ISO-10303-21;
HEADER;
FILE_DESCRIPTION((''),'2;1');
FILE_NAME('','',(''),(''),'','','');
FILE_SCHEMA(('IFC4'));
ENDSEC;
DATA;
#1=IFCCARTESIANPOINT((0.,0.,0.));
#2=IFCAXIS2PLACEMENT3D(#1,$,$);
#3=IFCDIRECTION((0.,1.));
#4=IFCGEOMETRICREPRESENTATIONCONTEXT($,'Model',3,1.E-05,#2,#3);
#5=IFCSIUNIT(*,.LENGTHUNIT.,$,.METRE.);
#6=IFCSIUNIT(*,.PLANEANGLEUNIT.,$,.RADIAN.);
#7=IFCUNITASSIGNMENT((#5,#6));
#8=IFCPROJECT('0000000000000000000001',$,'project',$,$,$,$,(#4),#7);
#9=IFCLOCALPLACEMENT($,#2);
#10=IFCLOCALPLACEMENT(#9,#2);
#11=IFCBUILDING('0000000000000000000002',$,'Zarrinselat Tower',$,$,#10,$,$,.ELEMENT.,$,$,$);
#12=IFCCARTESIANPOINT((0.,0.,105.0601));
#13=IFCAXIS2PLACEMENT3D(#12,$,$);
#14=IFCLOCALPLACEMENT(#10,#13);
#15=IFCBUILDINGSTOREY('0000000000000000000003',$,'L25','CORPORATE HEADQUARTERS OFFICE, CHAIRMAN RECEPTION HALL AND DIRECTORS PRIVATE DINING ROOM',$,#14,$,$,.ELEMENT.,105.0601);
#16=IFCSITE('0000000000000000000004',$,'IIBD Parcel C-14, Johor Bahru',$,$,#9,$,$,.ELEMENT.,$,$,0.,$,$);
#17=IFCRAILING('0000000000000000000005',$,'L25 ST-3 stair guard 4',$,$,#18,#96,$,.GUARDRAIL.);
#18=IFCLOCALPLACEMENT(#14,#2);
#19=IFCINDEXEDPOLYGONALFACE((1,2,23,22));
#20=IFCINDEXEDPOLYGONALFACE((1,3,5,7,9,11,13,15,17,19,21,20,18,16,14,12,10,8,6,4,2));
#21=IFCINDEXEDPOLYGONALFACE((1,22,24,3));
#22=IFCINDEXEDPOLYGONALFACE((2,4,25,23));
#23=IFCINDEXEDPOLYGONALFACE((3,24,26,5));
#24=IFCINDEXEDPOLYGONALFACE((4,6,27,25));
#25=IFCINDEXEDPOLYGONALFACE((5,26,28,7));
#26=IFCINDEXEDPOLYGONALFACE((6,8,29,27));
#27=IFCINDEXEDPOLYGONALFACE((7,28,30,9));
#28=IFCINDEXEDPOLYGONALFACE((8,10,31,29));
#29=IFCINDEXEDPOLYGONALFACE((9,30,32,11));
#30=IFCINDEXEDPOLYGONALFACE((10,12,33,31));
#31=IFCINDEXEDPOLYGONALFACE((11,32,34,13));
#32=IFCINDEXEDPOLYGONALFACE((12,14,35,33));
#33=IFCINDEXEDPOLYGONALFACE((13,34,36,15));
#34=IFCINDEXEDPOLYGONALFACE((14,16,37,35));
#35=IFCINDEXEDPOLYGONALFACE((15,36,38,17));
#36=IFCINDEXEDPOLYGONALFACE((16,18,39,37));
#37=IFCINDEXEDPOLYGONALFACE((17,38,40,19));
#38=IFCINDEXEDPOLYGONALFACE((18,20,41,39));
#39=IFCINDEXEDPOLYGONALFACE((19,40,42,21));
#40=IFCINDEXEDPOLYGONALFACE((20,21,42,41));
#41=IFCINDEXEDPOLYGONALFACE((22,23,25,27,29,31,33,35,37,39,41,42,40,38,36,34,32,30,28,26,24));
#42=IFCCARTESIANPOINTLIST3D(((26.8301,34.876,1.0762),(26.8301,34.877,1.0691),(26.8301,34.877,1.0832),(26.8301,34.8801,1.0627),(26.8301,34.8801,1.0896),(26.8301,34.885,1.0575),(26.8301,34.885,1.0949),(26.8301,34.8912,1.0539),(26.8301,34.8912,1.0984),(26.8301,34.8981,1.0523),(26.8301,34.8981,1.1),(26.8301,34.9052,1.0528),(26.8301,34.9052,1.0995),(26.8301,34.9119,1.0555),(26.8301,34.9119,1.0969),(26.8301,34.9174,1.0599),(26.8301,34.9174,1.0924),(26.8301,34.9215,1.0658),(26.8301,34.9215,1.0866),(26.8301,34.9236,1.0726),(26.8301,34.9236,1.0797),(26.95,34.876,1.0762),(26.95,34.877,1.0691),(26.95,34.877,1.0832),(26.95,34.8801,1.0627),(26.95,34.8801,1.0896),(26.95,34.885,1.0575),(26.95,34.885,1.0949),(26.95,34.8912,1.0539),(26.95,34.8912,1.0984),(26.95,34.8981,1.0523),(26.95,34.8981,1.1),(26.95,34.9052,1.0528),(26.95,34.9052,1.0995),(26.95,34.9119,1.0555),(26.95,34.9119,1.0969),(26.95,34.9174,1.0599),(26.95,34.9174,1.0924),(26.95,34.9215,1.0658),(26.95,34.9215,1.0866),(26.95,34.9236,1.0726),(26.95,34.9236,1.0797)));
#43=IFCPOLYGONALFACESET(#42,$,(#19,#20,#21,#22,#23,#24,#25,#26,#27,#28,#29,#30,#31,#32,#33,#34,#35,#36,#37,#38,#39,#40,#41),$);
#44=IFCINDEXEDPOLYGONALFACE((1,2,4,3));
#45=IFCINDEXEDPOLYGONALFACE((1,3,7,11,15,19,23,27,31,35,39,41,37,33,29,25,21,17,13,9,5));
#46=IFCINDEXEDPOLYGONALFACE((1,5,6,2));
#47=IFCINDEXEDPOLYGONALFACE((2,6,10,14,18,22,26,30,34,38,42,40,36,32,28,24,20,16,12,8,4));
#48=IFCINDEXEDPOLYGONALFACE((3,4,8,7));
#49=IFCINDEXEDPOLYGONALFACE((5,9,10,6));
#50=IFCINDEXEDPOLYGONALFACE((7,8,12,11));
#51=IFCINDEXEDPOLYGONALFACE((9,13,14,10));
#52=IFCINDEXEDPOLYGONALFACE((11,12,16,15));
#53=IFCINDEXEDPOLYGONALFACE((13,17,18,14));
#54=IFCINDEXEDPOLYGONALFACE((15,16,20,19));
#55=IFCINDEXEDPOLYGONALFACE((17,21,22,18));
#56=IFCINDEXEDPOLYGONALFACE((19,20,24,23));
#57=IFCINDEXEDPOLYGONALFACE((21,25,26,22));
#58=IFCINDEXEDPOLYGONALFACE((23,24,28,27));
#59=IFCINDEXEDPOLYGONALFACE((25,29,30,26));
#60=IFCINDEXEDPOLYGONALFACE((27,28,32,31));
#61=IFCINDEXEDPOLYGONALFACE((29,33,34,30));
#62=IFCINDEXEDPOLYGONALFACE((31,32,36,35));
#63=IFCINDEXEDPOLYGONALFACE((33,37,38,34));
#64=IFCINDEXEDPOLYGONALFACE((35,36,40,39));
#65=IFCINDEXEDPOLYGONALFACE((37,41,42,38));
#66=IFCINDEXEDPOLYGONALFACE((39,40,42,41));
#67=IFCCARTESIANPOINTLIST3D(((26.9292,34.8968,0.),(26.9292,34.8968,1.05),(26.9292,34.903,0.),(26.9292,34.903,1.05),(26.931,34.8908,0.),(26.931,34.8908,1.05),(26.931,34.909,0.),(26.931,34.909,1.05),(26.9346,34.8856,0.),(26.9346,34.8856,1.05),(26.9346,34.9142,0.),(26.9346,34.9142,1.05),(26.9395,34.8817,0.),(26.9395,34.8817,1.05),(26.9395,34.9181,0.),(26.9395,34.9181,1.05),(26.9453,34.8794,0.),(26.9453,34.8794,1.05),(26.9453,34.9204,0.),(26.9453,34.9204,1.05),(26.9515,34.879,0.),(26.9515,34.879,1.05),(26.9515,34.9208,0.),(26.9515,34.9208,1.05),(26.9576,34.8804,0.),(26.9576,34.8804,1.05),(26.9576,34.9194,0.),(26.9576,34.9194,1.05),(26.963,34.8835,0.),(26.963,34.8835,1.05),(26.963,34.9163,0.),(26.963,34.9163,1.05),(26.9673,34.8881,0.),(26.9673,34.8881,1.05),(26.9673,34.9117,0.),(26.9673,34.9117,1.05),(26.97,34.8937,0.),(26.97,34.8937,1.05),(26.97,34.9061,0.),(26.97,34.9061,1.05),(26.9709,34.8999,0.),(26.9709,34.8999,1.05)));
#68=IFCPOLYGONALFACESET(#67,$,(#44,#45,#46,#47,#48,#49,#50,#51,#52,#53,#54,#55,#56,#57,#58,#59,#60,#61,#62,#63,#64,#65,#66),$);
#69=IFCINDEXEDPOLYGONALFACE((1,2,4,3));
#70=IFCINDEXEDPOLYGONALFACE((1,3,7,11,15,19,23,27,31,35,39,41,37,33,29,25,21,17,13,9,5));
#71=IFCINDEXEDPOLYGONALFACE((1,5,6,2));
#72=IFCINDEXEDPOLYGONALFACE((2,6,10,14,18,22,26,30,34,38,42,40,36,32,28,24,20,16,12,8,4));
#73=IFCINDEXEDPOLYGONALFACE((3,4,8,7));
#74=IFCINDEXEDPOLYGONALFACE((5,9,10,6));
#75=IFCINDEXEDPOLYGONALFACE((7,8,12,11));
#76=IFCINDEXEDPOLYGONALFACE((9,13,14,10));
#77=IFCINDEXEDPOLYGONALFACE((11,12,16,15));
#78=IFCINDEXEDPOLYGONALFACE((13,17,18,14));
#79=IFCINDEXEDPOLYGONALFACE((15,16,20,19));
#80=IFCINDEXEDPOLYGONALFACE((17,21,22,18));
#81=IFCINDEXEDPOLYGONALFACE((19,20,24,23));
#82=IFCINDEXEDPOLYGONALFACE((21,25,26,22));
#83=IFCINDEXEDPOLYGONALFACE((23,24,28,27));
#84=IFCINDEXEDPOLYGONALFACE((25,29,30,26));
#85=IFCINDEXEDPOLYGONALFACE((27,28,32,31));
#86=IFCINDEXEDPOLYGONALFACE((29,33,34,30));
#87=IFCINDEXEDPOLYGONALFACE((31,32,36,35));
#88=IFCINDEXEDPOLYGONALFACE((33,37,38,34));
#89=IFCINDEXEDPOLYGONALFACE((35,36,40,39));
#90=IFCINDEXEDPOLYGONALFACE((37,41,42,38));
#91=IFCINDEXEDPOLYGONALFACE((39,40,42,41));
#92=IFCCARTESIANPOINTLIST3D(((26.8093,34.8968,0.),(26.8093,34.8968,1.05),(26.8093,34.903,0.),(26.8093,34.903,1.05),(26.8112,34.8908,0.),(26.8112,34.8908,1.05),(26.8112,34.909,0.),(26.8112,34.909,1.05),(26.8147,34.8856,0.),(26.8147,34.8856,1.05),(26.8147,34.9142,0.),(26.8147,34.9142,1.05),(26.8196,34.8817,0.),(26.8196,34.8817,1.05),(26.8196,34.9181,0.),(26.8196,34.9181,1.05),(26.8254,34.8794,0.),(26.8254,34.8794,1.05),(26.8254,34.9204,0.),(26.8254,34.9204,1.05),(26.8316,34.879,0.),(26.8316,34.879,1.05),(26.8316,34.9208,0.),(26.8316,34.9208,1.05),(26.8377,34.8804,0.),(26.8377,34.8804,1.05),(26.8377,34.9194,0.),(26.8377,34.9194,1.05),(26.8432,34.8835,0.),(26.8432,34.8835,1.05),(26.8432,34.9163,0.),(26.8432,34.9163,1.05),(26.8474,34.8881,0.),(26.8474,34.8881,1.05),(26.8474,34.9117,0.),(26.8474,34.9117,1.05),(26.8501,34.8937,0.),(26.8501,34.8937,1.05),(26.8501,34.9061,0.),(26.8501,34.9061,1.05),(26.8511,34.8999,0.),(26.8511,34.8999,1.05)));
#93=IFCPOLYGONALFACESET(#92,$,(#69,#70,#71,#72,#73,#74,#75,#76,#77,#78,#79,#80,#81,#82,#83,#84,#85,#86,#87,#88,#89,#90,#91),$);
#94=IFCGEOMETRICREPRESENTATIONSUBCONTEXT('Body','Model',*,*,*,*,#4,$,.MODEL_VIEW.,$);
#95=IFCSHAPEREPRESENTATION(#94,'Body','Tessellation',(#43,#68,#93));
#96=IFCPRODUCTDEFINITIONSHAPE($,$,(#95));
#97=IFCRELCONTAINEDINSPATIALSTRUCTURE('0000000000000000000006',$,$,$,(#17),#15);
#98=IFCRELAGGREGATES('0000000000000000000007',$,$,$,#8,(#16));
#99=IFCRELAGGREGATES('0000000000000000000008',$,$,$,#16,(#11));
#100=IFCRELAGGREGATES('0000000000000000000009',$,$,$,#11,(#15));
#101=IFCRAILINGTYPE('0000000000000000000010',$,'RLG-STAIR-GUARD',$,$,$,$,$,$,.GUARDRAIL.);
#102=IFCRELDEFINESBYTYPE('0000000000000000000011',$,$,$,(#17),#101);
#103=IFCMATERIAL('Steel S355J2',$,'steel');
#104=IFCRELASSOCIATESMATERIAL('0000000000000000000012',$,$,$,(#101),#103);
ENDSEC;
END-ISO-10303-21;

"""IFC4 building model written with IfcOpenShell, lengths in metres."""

from ifc_helpers import new_model, si_unit, direction, frame, origin, origin_2d, place, context, subcontext, project, spatial, circle, extrude, material, type_object, element, save


model = new_model("IFC4")

# Units and contexts
model_context = context("Model", 3, precision=1e-05, world=origin(), true_north=direction((0.0, 1.0)))
body_context = subcontext(model_context, "Body", "Model", "MODEL_VIEW")
ifc_project = project(units=[si_unit("LENGTHUNIT", "METRE"), si_unit("PLANEANGLEUNIT", "RADIAN")], contexts=[model_context])

# Site, building, storey
site_placement = place(None, origin())
site = spatial("IfcSite", under=ifc_project, at=site_placement, Name="IIBD Parcel C-14, Johor Bahru", CompositionType="ELEMENT", RefElevation=0.0)
building_placement = place(site_placement, origin())
building = spatial("IfcBuilding", under=site, at=building_placement, Name="Zarrinselat Tower", CompositionType="ELEMENT")
storey_placement = place(building_placement, frame((0.0, 0.0, 105.0601)))
storey = spatial("IfcBuildingStorey", under=building, at=storey_placement, Name="L25", Description="CORPORATE HEADQUARTERS OFFICE, CHAIRMAN RECEPTION HALL AND DIRECTORS PRIVATE DINING ROOM", CompositionType="ELEMENT", Elevation=105.0601)

# Railing
ifc_material_1 = material(Name="Steel S355J2", Category="steel")
railing_type_1 = type_object("IfcRailingType", Name="RLG-STAIR-GUARD", PredefinedType="GUARDRAIL", material=ifc_material_1)
railing_1_placement = place(storey_placement, frame((26.95, 34.8999, 0.0)))
element("IfcRailing", 1, at=railing_1_placement, inside=storey, type_object=railing_type_1, Name="L25 ST-3 stair guard 4", PredefinedType="GUARDRAIL", context=body_context, shape_type="SweptSolid", body=[
    extrude(circle(Radius=0.0239, at=origin_2d()), frame((0.0, 0.0, 1.0762), z_axis=(-1.0, 0.0, 0.0), x_axis=(0.0, -1.0, 0.0)), (0.0, 0.0, 1.0), 0.1199),
    extrude(circle(Radius=0.021, at=origin_2d()), origin(), (0.0, 0.0, 1.0), 1.05),
    extrude(circle(Radius=0.021, at=origin_2d()), frame((-0.1199, 0.0, 0.0)), (0.0, 0.0, 1.0), 1.05),
])

save(model, "model.ifc")
